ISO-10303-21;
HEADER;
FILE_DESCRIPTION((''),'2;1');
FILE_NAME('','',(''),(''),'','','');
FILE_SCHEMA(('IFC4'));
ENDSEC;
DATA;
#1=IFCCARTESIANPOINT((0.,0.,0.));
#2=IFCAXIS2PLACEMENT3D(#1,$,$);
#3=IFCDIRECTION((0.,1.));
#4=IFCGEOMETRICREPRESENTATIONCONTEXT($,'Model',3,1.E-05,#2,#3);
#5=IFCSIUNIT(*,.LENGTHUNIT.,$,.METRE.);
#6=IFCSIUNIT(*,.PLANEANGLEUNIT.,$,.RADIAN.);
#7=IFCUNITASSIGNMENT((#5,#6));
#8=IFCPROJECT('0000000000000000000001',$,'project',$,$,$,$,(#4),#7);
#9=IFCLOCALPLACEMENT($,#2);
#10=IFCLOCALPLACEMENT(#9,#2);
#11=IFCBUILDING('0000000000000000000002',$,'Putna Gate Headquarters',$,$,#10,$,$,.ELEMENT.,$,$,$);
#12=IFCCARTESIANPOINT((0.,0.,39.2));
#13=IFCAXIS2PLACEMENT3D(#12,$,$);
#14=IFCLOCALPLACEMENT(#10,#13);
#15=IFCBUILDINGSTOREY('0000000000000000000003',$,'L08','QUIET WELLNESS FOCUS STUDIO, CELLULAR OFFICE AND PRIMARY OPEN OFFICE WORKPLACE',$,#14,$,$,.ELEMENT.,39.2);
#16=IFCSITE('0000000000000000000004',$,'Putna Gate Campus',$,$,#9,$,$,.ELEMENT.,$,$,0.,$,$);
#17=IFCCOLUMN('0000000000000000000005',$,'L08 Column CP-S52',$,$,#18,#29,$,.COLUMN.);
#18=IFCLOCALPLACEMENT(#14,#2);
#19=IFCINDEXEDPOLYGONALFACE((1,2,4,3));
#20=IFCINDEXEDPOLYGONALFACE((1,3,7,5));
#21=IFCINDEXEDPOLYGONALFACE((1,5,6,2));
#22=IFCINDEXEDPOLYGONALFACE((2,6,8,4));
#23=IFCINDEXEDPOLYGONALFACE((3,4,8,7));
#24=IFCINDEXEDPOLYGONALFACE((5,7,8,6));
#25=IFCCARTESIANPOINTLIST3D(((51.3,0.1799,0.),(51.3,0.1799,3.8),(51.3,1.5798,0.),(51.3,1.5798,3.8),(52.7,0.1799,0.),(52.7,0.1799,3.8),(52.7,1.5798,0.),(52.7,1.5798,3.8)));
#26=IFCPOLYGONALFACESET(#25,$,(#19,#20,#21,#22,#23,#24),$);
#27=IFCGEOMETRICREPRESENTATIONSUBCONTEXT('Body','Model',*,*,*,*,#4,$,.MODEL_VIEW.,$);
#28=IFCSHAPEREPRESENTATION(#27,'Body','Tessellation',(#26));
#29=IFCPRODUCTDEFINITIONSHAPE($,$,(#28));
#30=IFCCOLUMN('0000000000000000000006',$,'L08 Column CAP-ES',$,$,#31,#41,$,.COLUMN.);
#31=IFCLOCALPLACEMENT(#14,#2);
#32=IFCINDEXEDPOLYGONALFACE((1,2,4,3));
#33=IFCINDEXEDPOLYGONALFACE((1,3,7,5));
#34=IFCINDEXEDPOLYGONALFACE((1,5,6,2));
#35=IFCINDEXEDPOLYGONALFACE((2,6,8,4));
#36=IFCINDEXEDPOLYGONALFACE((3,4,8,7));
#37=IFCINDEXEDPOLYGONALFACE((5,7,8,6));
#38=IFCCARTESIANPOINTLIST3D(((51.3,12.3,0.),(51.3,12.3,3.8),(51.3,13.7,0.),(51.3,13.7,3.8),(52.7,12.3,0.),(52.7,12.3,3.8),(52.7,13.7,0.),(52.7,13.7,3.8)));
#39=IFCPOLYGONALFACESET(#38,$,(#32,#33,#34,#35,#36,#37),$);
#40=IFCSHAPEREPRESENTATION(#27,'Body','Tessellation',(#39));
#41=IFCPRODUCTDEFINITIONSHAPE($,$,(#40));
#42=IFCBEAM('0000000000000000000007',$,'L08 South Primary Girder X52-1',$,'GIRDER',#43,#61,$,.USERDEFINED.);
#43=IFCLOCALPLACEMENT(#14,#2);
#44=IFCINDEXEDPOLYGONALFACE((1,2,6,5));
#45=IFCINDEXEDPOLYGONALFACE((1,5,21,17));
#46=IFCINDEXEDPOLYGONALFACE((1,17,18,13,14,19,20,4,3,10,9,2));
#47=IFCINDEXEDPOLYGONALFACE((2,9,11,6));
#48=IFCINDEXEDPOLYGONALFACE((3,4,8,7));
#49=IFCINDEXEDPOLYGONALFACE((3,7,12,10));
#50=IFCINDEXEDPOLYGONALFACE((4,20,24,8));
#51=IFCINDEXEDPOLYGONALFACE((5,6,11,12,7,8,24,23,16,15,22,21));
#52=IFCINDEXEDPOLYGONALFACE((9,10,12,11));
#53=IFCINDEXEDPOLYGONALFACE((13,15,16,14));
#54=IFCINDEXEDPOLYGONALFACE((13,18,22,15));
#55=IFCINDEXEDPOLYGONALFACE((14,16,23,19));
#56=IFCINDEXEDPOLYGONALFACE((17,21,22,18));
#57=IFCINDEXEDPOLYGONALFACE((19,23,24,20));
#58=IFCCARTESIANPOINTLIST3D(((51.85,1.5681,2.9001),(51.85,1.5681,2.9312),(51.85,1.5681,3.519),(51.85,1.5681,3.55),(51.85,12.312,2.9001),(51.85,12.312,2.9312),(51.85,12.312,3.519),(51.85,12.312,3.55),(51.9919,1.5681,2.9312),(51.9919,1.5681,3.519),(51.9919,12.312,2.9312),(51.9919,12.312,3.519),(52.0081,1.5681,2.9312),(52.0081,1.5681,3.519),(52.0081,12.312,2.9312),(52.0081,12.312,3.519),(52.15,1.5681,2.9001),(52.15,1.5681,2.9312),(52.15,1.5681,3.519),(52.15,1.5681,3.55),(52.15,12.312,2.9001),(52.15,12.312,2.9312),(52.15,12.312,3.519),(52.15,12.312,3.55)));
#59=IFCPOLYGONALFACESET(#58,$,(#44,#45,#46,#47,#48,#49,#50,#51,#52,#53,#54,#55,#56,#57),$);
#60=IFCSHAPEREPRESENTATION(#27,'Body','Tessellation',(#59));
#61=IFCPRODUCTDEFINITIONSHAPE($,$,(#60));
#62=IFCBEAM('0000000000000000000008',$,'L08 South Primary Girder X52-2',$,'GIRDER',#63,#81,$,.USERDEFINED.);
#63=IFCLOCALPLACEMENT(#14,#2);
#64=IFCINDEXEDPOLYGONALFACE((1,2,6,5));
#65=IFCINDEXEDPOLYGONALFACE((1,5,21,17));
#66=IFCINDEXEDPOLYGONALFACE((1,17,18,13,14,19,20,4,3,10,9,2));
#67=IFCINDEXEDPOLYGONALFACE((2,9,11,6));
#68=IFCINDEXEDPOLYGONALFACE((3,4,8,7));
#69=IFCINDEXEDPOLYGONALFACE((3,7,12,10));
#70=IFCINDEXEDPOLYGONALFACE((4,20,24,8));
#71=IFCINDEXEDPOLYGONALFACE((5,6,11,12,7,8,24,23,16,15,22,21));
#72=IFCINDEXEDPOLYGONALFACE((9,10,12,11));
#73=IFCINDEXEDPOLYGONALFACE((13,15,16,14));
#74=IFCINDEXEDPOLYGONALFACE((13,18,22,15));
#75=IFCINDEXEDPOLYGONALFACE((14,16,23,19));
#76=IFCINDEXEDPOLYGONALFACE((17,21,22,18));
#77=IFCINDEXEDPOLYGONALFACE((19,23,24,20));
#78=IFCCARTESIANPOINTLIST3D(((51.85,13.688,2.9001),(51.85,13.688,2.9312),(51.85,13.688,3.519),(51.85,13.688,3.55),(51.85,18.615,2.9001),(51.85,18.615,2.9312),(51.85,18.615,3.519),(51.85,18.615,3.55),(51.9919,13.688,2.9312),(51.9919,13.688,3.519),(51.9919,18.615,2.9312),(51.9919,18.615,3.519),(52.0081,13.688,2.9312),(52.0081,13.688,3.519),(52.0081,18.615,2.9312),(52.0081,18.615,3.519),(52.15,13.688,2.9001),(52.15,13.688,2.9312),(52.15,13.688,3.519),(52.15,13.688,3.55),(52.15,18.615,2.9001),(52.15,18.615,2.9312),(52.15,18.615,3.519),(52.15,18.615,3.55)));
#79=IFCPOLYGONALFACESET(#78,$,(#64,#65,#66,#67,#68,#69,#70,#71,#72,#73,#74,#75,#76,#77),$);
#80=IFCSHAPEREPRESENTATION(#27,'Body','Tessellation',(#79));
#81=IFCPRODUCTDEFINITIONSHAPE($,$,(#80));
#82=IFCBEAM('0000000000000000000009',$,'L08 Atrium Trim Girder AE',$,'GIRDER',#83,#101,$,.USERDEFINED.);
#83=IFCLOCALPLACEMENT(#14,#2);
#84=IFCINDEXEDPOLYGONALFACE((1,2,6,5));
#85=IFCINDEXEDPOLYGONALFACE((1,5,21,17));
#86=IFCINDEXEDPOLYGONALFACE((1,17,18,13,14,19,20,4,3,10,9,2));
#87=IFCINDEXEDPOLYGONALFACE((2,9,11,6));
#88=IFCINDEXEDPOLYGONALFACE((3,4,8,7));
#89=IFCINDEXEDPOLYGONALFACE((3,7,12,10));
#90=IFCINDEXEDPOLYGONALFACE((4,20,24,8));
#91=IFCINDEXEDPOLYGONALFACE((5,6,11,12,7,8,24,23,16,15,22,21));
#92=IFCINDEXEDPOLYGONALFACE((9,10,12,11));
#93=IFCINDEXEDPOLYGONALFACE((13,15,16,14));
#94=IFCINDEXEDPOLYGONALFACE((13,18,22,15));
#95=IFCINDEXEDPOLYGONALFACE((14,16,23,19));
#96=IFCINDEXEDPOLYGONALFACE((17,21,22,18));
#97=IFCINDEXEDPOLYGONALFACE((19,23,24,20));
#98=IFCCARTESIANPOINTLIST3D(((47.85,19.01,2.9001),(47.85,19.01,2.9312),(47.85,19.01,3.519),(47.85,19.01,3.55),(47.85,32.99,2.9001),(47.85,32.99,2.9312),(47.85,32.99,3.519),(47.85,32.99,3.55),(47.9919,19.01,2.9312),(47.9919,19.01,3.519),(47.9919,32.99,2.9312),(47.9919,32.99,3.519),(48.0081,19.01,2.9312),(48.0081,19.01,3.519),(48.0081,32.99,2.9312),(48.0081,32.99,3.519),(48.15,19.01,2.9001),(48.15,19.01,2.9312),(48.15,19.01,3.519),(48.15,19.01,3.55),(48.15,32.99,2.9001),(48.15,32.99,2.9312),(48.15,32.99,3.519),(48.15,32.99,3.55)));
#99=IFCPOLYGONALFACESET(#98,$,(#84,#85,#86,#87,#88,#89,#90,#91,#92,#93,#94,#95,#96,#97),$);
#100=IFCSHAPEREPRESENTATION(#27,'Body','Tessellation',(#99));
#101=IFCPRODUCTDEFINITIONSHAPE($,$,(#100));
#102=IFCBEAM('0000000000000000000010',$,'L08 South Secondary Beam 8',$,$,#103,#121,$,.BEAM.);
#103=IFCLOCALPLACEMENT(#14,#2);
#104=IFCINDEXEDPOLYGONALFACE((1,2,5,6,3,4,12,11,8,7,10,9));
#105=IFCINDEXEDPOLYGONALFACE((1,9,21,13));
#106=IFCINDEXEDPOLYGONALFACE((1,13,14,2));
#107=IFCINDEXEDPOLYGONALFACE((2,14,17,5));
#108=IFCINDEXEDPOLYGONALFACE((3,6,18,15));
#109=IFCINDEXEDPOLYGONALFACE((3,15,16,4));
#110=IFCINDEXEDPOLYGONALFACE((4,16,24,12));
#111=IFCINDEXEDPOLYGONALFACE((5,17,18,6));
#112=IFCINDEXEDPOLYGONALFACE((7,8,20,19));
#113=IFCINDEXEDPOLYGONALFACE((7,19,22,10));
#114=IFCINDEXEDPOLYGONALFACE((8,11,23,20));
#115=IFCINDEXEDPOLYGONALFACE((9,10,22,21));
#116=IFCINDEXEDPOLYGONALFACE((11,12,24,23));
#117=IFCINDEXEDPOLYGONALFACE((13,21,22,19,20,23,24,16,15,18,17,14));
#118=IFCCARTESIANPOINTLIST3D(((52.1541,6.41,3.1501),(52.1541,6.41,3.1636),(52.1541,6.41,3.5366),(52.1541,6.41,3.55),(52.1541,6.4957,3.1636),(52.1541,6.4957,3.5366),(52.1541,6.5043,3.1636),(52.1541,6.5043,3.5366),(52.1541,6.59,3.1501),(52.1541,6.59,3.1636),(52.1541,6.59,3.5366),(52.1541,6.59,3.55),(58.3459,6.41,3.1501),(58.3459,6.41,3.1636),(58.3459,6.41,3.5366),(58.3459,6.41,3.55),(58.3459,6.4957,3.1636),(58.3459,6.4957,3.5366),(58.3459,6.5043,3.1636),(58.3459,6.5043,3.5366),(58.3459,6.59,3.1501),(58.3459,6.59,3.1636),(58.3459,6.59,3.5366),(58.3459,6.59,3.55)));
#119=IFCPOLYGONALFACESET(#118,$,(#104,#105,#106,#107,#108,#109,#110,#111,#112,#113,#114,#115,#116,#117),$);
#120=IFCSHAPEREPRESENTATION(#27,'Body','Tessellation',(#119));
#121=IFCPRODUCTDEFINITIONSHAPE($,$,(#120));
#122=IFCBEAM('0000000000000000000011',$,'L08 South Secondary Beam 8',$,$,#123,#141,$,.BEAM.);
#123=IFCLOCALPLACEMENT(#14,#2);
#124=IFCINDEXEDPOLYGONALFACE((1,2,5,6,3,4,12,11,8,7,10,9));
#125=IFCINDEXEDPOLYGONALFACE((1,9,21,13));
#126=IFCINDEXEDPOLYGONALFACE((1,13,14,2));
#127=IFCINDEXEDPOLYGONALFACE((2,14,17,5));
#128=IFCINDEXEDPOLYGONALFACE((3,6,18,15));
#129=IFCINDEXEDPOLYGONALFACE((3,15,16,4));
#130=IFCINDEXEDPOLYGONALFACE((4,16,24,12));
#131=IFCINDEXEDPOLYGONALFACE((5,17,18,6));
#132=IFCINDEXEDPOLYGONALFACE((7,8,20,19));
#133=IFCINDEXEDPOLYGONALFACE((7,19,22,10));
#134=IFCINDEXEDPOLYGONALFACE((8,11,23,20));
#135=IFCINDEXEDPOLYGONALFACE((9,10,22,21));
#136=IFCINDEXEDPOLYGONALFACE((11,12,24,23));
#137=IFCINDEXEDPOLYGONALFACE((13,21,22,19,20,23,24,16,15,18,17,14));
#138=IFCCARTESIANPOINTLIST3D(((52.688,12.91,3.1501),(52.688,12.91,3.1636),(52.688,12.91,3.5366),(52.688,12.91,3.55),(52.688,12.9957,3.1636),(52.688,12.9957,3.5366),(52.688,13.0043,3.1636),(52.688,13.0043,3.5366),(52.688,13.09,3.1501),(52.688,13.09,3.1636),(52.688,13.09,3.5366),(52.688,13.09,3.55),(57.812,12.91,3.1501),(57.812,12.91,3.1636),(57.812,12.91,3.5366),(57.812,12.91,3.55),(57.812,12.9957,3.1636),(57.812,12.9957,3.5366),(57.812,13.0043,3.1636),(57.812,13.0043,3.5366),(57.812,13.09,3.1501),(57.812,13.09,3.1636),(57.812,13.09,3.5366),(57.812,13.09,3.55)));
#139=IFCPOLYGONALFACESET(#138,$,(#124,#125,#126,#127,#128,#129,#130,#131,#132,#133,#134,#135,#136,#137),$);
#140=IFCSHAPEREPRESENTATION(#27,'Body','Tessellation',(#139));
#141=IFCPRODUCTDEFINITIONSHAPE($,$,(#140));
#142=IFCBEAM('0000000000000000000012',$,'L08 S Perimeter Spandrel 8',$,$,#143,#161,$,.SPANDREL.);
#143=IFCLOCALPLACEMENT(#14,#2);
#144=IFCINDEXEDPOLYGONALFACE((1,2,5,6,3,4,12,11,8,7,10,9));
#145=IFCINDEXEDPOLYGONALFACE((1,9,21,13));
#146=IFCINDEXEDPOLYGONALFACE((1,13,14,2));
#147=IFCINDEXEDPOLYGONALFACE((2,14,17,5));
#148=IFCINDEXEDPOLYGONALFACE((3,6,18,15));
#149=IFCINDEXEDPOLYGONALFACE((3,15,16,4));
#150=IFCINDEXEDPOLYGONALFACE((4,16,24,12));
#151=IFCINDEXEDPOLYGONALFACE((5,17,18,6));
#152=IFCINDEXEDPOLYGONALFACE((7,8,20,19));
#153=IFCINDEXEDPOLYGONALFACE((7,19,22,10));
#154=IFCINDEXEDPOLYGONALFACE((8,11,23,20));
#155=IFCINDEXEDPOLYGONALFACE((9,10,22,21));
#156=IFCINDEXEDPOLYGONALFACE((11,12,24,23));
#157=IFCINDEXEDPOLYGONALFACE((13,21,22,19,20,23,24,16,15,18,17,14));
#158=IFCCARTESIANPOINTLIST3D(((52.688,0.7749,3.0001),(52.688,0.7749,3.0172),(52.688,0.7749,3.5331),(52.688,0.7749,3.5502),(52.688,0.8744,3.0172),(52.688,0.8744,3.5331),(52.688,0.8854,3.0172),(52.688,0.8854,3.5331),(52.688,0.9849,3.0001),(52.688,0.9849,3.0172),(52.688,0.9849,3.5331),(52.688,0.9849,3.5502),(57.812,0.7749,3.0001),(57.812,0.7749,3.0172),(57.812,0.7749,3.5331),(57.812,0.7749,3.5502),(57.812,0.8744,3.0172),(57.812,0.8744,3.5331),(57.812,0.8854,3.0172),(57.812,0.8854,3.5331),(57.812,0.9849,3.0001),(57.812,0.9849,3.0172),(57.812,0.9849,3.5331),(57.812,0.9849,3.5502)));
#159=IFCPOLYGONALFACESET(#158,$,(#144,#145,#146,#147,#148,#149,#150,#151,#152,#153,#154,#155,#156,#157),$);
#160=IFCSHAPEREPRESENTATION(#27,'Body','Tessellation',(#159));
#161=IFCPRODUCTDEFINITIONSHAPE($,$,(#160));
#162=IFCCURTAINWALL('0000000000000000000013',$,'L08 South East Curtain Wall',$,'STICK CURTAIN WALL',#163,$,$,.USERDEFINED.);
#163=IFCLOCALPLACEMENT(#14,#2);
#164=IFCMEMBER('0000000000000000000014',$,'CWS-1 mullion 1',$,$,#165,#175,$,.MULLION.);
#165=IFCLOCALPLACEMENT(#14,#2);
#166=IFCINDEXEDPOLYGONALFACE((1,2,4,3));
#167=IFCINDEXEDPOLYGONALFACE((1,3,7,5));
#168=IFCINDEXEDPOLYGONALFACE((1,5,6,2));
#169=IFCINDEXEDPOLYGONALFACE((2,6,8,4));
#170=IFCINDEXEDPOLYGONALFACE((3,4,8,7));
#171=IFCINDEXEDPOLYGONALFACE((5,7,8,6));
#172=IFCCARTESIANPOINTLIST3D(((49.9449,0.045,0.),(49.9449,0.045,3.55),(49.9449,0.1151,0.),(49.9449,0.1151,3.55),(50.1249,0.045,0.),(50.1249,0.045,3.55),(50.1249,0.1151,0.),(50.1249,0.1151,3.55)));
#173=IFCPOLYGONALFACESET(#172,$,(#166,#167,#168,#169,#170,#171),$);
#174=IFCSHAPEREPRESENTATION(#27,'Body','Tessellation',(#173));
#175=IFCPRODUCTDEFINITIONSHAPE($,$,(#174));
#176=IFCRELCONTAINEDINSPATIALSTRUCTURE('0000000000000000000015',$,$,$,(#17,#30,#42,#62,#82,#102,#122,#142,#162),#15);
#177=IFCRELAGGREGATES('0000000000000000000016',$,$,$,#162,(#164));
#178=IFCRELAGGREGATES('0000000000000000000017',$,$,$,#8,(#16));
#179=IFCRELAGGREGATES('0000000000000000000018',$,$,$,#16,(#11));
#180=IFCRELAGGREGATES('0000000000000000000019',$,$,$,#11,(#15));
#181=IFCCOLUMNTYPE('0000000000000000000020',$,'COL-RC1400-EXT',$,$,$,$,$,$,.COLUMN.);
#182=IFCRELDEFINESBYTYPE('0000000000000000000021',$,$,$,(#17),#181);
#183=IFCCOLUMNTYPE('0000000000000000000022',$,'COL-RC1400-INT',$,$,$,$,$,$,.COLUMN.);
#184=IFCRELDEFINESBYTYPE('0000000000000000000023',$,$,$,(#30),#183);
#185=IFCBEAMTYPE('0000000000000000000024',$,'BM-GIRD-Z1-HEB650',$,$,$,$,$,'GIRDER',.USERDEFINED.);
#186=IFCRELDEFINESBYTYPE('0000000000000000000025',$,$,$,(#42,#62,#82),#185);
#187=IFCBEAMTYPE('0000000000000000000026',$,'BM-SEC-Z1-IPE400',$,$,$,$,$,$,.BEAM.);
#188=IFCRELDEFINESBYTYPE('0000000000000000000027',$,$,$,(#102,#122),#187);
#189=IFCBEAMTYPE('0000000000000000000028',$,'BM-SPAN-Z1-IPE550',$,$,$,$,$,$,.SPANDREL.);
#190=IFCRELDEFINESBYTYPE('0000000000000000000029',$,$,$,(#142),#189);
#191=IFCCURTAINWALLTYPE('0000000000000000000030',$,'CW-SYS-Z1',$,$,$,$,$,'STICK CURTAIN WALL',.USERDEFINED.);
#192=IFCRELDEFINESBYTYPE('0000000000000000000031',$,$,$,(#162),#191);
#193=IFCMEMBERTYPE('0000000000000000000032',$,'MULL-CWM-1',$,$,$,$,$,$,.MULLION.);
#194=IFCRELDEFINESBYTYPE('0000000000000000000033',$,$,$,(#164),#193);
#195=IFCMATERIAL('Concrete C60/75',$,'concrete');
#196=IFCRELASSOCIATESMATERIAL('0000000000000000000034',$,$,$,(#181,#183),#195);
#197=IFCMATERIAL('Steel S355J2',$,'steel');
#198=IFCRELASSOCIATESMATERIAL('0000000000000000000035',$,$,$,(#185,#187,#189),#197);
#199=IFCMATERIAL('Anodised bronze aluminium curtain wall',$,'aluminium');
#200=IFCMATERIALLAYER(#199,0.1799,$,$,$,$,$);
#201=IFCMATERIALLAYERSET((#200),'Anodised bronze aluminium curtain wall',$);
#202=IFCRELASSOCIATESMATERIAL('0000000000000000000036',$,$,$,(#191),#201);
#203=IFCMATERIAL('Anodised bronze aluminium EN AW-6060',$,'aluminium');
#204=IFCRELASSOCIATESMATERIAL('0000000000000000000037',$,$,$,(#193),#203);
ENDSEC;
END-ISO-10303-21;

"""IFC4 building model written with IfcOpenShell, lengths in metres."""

from ifc_helpers import new_model, si_unit, direction, frame, origin, origin_2d, place, context, subcontext, project, spatial, rectangle, i_section, extrude, material, layer, layer_set, material_profile, profile_set, type_object, element, aggregate, save


model = new_model("IFC4")

# Units and contexts
model_context = context("Model", 3, precision=1e-05, world=origin(), true_north=direction((0.0, 1.0)))
body_context = subcontext(model_context, "Body", "Model", "MODEL_VIEW")
ifc_project = project(units=[si_unit("LENGTHUNIT", "METRE"), si_unit("PLANEANGLEUNIT", "RADIAN")], contexts=[model_context])

# Site, building, storey
site_placement = place(None, origin())
site = spatial("IfcSite", under=ifc_project, at=site_placement, Name="Putna Gate Campus", CompositionType="ELEMENT", RefElevation=0.0)
building_placement = place(site_placement, origin())
building = spatial("IfcBuilding", under=site, at=building_placement, Name="Putna Gate Headquarters", CompositionType="ELEMENT")
storey_placement = place(building_placement, frame((0.0, 0.0, 39.2)))
storey = spatial("IfcBuildingStorey", under=building, at=storey_placement, Name="L08", Description="QUIET WELLNESS FOCUS STUDIO, CELLULAR OFFICE AND PRIMARY OPEN OFFICE WORKPLACE", CompositionType="ELEMENT", Elevation=39.2)

# Columns
ifc_material_1 = material(Name="Concrete C60/75", Category="concrete")
ifc_material_profile_1 = material_profile(ifc_material_1, rectangle(XDim=1.3999, YDim=1.3999, at=origin_2d()), Name="Concrete C60/75")
ifc_profile_set_1 = profile_set([ifc_material_profile_1], Name="Concrete C60/75")
column_type_1 = type_object("IfcColumnType", Name="COL-RC1400-EXT", PredefinedType="COLUMN", material=ifc_profile_set_1)
column_1_placement = place(storey_placement, frame((52.0, 0.8799, 0.0), z_axis=(0.0, 0.0, 1.0), x_axis=(1.0, 0.0, 0.0)))
element("IfcColumn", 1, at=column_1_placement, inside=storey, type_object=column_type_1, Name="L08 Column CP-S52", PredefinedType="COLUMN", context=body_context, shape_type="SweptSolid", body=[
    extrude(rectangle(XDim=1.3999, YDim=1.3999, at=origin_2d()), origin(), (0.0, 0.0, 1.0), 3.8),
])
ifc_material_profile_2 = material_profile(ifc_material_1, rectangle(XDim=1.3999, YDim=1.3999, at=origin_2d()), Name="Concrete C60/75")
ifc_profile_set_2 = profile_set([ifc_material_profile_2], Name="Concrete C60/75")
column_type_2 = type_object("IfcColumnType", Name="COL-RC1400-INT", PredefinedType="COLUMN", material=ifc_profile_set_2)
column_2_placement = place(storey_placement, frame((52.0, 13.0, 0.0), z_axis=(0.0, 0.0, 1.0), x_axis=(1.0, 0.0, 0.0)))
element("IfcColumn", 2, at=column_2_placement, inside=storey, type_object=column_type_2, Name="L08 Column CAP-ES", PredefinedType="COLUMN", context=body_context, shape_type="SweptSolid", body=[
    extrude(rectangle(XDim=1.3999, YDim=1.3999, at=origin_2d()), origin(), (0.0, 0.0, 1.0), 3.8),
])

# Beams
ifc_material_2 = material(Name="Steel S355J2", Category="steel")
ifc_material_profile_3 = material_profile(ifc_material_2, i_section(OverallWidth=0.3, OverallDepth=0.6499, WebThickness=0.0161, FlangeThickness=0.031, at=origin_2d()), Name="Steel S355J2")
ifc_profile_set_3 = profile_set([ifc_material_profile_3], Name="Steel S355J2")
beam_type_1 = type_object("IfcBeamType", Name="BM-GIRD-Z1-HEB650", ElementType="GIRDER", PredefinedType="USERDEFINED", material=ifc_profile_set_3)
beam_1_placement = place(storey_placement, frame((52.0, 1.5681, 3.2251), z_axis=(0.0, 1.0, 0.0), x_axis=(-1.0, 0.0, 0.0)))
element("IfcBeam", 3, at=beam_1_placement, inside=storey, type_object=beam_type_1, Name="L08 South Primary Girder X52-1", ObjectType="GIRDER", PredefinedType="USERDEFINED", context=body_context, shape_type="SweptSolid", body=[
    extrude(i_section(OverallWidth=0.3, OverallDepth=0.6499, WebThickness=0.0161, FlangeThickness=0.031, at=origin_2d()), origin(), (0.0, 0.0, 1.0), 10.7439),
])
beam_2_placement = place(storey_placement, frame((52.0, 13.688, 3.2251), z_axis=(0.0, 1.0, 0.0), x_axis=(-1.0, 0.0, 0.0)))
element("IfcBeam", 4, at=beam_2_placement, inside=storey, type_object=beam_type_1, Name="L08 South Primary Girder X52-2", ObjectType="GIRDER", PredefinedType="USERDEFINED", context=body_context, shape_type="SweptSolid", body=[
    extrude(i_section(OverallWidth=0.3, OverallDepth=0.6499, WebThickness=0.0161, FlangeThickness=0.031, at=origin_2d()), origin(), (0.0, 0.0, 1.0), 4.927),
])
beam_3_placement = place(storey_placement, frame((48.0, 19.01, 3.2251), z_axis=(0.0, 1.0, 0.0), x_axis=(-1.0, 0.0, 0.0)))
element("IfcBeam", 5, at=beam_3_placement, inside=storey, type_object=beam_type_1, Name="L08 Atrium Trim Girder AE", ObjectType="GIRDER", PredefinedType="USERDEFINED", context=body_context, shape_type="SweptSolid", body=[
    extrude(i_section(OverallWidth=0.3, OverallDepth=0.6499, WebThickness=0.0161, FlangeThickness=0.031, at=origin_2d()), origin(), (0.0, 0.0, 1.0), 13.98),
])
ifc_material_profile_4 = material_profile(ifc_material_2, i_section(OverallWidth=0.1799, OverallDepth=0.3999, WebThickness=0.0085, FlangeThickness=0.0134, at=origin_2d()), Name="Steel S355J2")
ifc_profile_set_4 = profile_set([ifc_material_profile_4], Name="Steel S355J2")
beam_type_2 = type_object("IfcBeamType", Name="BM-SEC-Z1-IPE400", PredefinedType="BEAM", material=ifc_profile_set_4)
beam_4_placement = place(storey_placement, frame((52.1541, 6.5, 3.3501), z_axis=(1.0, 0.0, 0.0), x_axis=(0.0, 1.0, 0.0)))
element("IfcBeam", 6, at=beam_4_placement, inside=storey, type_object=beam_type_2, Name="L08 South Secondary Beam 8", PredefinedType="BEAM", context=body_context, shape_type="SweptSolid", body=[
    extrude(i_section(OverallWidth=0.1799, OverallDepth=0.3999, WebThickness=0.0085, FlangeThickness=0.0134, at=origin_2d()), origin(), (0.0, 0.0, 1.0), 6.1919),
])
beam_5_placement = place(storey_placement, frame((52.688, 13.0, 3.3501), z_axis=(1.0, 0.0, 0.0), x_axis=(0.0, 1.0, 0.0)))
element("IfcBeam", 7, at=beam_5_placement, inside=storey, type_object=beam_type_2, Name="L08 South Secondary Beam 8", PredefinedType="BEAM", context=body_context, shape_type="SweptSolid", body=[
    extrude(i_section(OverallWidth=0.1799, OverallDepth=0.3999, WebThickness=0.0085, FlangeThickness=0.0134, at=origin_2d()), origin(), (0.0, 0.0, 1.0), 5.124),
])
ifc_material_profile_5 = material_profile(ifc_material_2, i_section(OverallWidth=0.21, OverallDepth=0.55, WebThickness=0.011, FlangeThickness=0.0171, at=origin_2d()), Name="Steel S355J2")
ifc_profile_set_5 = profile_set([ifc_material_profile_5], Name="Steel S355J2")
beam_type_3 = type_object("IfcBeamType", Name="BM-SPAN-Z1-IPE550", PredefinedType="SPANDREL", material=ifc_profile_set_5)
beam_6_placement = place(storey_placement, frame((52.688, 0.8799, 3.2751), z_axis=(1.0, 0.0, 0.0), x_axis=(0.0, 1.0, 0.0)))
element("IfcBeam", 8, at=beam_6_placement, inside=storey, type_object=beam_type_3, Name="L08 S Perimeter Spandrel 8", PredefinedType="SPANDREL", context=body_context, shape_type="SweptSolid", body=[
    extrude(i_section(OverallWidth=0.21, OverallDepth=0.55, WebThickness=0.011, FlangeThickness=0.0171, at=origin_2d()), origin(), (0.0, 0.0, 1.0), 5.124),
])

# Curtain wall, member
ifc_material_3 = material(Name="Anodised bronze aluminium curtain wall", Category="aluminium")
ifc_layer_1 = layer(ifc_material_3, 0.1799)
ifc_layer_set_1 = layer_set([ifc_layer_1], Name="Anodised bronze aluminium curtain wall")
curtain_wall_type_1 = type_object("IfcCurtainWallType", Name="CW-SYS-Z1", ElementType="STICK CURTAIN WALL", PredefinedType="USERDEFINED", material=ifc_layer_set_1)
curtain_wall_1_placement = place(storey_placement, origin())
curtain_wall_1 = element("IfcCurtainWall", 9, at=curtain_wall_1_placement, inside=storey, type_object=curtain_wall_type_1, Name="L08 South East Curtain Wall", ObjectType="STICK CURTAIN WALL", PredefinedType="USERDEFINED")
ifc_material_4 = material(Name="Anodised bronze aluminium EN AW-6060", Category="aluminium")
ifc_material_profile_6 = material_profile(ifc_material_4, rectangle(XDim=0.0701, YDim=0.1799, at=origin_2d()), Name="Anodised bronze aluminium EN AW-6060")
ifc_profile_set_6 = profile_set([ifc_material_profile_6], Name="Anodised bronze aluminium EN AW-6060")
member_type_1 = type_object("IfcMemberType", Name="MULL-CWM-1", PredefinedType="MULLION", material=ifc_profile_set_6)
member_1_placement = place(storey_placement, frame((50.0349, 0.0801, 0.0), z_axis=(0.0, 0.0, 1.0), x_axis=(0.0, 1.0, 0.0)))
member_1 = element("IfcMember", 10, at=member_1_placement, type_object=member_type_1, Name="CWS-1 mullion 1", PredefinedType="MULLION", context=body_context, shape_type="SweptSolid", body=[
    extrude(rectangle(XDim=0.0701, YDim=0.1799, at=origin_2d()), origin(), (0.0, 0.0, 1.0), 3.55),
])

aggregate(curtain_wall_1, [member_1])

save(model, "model.ifc")
